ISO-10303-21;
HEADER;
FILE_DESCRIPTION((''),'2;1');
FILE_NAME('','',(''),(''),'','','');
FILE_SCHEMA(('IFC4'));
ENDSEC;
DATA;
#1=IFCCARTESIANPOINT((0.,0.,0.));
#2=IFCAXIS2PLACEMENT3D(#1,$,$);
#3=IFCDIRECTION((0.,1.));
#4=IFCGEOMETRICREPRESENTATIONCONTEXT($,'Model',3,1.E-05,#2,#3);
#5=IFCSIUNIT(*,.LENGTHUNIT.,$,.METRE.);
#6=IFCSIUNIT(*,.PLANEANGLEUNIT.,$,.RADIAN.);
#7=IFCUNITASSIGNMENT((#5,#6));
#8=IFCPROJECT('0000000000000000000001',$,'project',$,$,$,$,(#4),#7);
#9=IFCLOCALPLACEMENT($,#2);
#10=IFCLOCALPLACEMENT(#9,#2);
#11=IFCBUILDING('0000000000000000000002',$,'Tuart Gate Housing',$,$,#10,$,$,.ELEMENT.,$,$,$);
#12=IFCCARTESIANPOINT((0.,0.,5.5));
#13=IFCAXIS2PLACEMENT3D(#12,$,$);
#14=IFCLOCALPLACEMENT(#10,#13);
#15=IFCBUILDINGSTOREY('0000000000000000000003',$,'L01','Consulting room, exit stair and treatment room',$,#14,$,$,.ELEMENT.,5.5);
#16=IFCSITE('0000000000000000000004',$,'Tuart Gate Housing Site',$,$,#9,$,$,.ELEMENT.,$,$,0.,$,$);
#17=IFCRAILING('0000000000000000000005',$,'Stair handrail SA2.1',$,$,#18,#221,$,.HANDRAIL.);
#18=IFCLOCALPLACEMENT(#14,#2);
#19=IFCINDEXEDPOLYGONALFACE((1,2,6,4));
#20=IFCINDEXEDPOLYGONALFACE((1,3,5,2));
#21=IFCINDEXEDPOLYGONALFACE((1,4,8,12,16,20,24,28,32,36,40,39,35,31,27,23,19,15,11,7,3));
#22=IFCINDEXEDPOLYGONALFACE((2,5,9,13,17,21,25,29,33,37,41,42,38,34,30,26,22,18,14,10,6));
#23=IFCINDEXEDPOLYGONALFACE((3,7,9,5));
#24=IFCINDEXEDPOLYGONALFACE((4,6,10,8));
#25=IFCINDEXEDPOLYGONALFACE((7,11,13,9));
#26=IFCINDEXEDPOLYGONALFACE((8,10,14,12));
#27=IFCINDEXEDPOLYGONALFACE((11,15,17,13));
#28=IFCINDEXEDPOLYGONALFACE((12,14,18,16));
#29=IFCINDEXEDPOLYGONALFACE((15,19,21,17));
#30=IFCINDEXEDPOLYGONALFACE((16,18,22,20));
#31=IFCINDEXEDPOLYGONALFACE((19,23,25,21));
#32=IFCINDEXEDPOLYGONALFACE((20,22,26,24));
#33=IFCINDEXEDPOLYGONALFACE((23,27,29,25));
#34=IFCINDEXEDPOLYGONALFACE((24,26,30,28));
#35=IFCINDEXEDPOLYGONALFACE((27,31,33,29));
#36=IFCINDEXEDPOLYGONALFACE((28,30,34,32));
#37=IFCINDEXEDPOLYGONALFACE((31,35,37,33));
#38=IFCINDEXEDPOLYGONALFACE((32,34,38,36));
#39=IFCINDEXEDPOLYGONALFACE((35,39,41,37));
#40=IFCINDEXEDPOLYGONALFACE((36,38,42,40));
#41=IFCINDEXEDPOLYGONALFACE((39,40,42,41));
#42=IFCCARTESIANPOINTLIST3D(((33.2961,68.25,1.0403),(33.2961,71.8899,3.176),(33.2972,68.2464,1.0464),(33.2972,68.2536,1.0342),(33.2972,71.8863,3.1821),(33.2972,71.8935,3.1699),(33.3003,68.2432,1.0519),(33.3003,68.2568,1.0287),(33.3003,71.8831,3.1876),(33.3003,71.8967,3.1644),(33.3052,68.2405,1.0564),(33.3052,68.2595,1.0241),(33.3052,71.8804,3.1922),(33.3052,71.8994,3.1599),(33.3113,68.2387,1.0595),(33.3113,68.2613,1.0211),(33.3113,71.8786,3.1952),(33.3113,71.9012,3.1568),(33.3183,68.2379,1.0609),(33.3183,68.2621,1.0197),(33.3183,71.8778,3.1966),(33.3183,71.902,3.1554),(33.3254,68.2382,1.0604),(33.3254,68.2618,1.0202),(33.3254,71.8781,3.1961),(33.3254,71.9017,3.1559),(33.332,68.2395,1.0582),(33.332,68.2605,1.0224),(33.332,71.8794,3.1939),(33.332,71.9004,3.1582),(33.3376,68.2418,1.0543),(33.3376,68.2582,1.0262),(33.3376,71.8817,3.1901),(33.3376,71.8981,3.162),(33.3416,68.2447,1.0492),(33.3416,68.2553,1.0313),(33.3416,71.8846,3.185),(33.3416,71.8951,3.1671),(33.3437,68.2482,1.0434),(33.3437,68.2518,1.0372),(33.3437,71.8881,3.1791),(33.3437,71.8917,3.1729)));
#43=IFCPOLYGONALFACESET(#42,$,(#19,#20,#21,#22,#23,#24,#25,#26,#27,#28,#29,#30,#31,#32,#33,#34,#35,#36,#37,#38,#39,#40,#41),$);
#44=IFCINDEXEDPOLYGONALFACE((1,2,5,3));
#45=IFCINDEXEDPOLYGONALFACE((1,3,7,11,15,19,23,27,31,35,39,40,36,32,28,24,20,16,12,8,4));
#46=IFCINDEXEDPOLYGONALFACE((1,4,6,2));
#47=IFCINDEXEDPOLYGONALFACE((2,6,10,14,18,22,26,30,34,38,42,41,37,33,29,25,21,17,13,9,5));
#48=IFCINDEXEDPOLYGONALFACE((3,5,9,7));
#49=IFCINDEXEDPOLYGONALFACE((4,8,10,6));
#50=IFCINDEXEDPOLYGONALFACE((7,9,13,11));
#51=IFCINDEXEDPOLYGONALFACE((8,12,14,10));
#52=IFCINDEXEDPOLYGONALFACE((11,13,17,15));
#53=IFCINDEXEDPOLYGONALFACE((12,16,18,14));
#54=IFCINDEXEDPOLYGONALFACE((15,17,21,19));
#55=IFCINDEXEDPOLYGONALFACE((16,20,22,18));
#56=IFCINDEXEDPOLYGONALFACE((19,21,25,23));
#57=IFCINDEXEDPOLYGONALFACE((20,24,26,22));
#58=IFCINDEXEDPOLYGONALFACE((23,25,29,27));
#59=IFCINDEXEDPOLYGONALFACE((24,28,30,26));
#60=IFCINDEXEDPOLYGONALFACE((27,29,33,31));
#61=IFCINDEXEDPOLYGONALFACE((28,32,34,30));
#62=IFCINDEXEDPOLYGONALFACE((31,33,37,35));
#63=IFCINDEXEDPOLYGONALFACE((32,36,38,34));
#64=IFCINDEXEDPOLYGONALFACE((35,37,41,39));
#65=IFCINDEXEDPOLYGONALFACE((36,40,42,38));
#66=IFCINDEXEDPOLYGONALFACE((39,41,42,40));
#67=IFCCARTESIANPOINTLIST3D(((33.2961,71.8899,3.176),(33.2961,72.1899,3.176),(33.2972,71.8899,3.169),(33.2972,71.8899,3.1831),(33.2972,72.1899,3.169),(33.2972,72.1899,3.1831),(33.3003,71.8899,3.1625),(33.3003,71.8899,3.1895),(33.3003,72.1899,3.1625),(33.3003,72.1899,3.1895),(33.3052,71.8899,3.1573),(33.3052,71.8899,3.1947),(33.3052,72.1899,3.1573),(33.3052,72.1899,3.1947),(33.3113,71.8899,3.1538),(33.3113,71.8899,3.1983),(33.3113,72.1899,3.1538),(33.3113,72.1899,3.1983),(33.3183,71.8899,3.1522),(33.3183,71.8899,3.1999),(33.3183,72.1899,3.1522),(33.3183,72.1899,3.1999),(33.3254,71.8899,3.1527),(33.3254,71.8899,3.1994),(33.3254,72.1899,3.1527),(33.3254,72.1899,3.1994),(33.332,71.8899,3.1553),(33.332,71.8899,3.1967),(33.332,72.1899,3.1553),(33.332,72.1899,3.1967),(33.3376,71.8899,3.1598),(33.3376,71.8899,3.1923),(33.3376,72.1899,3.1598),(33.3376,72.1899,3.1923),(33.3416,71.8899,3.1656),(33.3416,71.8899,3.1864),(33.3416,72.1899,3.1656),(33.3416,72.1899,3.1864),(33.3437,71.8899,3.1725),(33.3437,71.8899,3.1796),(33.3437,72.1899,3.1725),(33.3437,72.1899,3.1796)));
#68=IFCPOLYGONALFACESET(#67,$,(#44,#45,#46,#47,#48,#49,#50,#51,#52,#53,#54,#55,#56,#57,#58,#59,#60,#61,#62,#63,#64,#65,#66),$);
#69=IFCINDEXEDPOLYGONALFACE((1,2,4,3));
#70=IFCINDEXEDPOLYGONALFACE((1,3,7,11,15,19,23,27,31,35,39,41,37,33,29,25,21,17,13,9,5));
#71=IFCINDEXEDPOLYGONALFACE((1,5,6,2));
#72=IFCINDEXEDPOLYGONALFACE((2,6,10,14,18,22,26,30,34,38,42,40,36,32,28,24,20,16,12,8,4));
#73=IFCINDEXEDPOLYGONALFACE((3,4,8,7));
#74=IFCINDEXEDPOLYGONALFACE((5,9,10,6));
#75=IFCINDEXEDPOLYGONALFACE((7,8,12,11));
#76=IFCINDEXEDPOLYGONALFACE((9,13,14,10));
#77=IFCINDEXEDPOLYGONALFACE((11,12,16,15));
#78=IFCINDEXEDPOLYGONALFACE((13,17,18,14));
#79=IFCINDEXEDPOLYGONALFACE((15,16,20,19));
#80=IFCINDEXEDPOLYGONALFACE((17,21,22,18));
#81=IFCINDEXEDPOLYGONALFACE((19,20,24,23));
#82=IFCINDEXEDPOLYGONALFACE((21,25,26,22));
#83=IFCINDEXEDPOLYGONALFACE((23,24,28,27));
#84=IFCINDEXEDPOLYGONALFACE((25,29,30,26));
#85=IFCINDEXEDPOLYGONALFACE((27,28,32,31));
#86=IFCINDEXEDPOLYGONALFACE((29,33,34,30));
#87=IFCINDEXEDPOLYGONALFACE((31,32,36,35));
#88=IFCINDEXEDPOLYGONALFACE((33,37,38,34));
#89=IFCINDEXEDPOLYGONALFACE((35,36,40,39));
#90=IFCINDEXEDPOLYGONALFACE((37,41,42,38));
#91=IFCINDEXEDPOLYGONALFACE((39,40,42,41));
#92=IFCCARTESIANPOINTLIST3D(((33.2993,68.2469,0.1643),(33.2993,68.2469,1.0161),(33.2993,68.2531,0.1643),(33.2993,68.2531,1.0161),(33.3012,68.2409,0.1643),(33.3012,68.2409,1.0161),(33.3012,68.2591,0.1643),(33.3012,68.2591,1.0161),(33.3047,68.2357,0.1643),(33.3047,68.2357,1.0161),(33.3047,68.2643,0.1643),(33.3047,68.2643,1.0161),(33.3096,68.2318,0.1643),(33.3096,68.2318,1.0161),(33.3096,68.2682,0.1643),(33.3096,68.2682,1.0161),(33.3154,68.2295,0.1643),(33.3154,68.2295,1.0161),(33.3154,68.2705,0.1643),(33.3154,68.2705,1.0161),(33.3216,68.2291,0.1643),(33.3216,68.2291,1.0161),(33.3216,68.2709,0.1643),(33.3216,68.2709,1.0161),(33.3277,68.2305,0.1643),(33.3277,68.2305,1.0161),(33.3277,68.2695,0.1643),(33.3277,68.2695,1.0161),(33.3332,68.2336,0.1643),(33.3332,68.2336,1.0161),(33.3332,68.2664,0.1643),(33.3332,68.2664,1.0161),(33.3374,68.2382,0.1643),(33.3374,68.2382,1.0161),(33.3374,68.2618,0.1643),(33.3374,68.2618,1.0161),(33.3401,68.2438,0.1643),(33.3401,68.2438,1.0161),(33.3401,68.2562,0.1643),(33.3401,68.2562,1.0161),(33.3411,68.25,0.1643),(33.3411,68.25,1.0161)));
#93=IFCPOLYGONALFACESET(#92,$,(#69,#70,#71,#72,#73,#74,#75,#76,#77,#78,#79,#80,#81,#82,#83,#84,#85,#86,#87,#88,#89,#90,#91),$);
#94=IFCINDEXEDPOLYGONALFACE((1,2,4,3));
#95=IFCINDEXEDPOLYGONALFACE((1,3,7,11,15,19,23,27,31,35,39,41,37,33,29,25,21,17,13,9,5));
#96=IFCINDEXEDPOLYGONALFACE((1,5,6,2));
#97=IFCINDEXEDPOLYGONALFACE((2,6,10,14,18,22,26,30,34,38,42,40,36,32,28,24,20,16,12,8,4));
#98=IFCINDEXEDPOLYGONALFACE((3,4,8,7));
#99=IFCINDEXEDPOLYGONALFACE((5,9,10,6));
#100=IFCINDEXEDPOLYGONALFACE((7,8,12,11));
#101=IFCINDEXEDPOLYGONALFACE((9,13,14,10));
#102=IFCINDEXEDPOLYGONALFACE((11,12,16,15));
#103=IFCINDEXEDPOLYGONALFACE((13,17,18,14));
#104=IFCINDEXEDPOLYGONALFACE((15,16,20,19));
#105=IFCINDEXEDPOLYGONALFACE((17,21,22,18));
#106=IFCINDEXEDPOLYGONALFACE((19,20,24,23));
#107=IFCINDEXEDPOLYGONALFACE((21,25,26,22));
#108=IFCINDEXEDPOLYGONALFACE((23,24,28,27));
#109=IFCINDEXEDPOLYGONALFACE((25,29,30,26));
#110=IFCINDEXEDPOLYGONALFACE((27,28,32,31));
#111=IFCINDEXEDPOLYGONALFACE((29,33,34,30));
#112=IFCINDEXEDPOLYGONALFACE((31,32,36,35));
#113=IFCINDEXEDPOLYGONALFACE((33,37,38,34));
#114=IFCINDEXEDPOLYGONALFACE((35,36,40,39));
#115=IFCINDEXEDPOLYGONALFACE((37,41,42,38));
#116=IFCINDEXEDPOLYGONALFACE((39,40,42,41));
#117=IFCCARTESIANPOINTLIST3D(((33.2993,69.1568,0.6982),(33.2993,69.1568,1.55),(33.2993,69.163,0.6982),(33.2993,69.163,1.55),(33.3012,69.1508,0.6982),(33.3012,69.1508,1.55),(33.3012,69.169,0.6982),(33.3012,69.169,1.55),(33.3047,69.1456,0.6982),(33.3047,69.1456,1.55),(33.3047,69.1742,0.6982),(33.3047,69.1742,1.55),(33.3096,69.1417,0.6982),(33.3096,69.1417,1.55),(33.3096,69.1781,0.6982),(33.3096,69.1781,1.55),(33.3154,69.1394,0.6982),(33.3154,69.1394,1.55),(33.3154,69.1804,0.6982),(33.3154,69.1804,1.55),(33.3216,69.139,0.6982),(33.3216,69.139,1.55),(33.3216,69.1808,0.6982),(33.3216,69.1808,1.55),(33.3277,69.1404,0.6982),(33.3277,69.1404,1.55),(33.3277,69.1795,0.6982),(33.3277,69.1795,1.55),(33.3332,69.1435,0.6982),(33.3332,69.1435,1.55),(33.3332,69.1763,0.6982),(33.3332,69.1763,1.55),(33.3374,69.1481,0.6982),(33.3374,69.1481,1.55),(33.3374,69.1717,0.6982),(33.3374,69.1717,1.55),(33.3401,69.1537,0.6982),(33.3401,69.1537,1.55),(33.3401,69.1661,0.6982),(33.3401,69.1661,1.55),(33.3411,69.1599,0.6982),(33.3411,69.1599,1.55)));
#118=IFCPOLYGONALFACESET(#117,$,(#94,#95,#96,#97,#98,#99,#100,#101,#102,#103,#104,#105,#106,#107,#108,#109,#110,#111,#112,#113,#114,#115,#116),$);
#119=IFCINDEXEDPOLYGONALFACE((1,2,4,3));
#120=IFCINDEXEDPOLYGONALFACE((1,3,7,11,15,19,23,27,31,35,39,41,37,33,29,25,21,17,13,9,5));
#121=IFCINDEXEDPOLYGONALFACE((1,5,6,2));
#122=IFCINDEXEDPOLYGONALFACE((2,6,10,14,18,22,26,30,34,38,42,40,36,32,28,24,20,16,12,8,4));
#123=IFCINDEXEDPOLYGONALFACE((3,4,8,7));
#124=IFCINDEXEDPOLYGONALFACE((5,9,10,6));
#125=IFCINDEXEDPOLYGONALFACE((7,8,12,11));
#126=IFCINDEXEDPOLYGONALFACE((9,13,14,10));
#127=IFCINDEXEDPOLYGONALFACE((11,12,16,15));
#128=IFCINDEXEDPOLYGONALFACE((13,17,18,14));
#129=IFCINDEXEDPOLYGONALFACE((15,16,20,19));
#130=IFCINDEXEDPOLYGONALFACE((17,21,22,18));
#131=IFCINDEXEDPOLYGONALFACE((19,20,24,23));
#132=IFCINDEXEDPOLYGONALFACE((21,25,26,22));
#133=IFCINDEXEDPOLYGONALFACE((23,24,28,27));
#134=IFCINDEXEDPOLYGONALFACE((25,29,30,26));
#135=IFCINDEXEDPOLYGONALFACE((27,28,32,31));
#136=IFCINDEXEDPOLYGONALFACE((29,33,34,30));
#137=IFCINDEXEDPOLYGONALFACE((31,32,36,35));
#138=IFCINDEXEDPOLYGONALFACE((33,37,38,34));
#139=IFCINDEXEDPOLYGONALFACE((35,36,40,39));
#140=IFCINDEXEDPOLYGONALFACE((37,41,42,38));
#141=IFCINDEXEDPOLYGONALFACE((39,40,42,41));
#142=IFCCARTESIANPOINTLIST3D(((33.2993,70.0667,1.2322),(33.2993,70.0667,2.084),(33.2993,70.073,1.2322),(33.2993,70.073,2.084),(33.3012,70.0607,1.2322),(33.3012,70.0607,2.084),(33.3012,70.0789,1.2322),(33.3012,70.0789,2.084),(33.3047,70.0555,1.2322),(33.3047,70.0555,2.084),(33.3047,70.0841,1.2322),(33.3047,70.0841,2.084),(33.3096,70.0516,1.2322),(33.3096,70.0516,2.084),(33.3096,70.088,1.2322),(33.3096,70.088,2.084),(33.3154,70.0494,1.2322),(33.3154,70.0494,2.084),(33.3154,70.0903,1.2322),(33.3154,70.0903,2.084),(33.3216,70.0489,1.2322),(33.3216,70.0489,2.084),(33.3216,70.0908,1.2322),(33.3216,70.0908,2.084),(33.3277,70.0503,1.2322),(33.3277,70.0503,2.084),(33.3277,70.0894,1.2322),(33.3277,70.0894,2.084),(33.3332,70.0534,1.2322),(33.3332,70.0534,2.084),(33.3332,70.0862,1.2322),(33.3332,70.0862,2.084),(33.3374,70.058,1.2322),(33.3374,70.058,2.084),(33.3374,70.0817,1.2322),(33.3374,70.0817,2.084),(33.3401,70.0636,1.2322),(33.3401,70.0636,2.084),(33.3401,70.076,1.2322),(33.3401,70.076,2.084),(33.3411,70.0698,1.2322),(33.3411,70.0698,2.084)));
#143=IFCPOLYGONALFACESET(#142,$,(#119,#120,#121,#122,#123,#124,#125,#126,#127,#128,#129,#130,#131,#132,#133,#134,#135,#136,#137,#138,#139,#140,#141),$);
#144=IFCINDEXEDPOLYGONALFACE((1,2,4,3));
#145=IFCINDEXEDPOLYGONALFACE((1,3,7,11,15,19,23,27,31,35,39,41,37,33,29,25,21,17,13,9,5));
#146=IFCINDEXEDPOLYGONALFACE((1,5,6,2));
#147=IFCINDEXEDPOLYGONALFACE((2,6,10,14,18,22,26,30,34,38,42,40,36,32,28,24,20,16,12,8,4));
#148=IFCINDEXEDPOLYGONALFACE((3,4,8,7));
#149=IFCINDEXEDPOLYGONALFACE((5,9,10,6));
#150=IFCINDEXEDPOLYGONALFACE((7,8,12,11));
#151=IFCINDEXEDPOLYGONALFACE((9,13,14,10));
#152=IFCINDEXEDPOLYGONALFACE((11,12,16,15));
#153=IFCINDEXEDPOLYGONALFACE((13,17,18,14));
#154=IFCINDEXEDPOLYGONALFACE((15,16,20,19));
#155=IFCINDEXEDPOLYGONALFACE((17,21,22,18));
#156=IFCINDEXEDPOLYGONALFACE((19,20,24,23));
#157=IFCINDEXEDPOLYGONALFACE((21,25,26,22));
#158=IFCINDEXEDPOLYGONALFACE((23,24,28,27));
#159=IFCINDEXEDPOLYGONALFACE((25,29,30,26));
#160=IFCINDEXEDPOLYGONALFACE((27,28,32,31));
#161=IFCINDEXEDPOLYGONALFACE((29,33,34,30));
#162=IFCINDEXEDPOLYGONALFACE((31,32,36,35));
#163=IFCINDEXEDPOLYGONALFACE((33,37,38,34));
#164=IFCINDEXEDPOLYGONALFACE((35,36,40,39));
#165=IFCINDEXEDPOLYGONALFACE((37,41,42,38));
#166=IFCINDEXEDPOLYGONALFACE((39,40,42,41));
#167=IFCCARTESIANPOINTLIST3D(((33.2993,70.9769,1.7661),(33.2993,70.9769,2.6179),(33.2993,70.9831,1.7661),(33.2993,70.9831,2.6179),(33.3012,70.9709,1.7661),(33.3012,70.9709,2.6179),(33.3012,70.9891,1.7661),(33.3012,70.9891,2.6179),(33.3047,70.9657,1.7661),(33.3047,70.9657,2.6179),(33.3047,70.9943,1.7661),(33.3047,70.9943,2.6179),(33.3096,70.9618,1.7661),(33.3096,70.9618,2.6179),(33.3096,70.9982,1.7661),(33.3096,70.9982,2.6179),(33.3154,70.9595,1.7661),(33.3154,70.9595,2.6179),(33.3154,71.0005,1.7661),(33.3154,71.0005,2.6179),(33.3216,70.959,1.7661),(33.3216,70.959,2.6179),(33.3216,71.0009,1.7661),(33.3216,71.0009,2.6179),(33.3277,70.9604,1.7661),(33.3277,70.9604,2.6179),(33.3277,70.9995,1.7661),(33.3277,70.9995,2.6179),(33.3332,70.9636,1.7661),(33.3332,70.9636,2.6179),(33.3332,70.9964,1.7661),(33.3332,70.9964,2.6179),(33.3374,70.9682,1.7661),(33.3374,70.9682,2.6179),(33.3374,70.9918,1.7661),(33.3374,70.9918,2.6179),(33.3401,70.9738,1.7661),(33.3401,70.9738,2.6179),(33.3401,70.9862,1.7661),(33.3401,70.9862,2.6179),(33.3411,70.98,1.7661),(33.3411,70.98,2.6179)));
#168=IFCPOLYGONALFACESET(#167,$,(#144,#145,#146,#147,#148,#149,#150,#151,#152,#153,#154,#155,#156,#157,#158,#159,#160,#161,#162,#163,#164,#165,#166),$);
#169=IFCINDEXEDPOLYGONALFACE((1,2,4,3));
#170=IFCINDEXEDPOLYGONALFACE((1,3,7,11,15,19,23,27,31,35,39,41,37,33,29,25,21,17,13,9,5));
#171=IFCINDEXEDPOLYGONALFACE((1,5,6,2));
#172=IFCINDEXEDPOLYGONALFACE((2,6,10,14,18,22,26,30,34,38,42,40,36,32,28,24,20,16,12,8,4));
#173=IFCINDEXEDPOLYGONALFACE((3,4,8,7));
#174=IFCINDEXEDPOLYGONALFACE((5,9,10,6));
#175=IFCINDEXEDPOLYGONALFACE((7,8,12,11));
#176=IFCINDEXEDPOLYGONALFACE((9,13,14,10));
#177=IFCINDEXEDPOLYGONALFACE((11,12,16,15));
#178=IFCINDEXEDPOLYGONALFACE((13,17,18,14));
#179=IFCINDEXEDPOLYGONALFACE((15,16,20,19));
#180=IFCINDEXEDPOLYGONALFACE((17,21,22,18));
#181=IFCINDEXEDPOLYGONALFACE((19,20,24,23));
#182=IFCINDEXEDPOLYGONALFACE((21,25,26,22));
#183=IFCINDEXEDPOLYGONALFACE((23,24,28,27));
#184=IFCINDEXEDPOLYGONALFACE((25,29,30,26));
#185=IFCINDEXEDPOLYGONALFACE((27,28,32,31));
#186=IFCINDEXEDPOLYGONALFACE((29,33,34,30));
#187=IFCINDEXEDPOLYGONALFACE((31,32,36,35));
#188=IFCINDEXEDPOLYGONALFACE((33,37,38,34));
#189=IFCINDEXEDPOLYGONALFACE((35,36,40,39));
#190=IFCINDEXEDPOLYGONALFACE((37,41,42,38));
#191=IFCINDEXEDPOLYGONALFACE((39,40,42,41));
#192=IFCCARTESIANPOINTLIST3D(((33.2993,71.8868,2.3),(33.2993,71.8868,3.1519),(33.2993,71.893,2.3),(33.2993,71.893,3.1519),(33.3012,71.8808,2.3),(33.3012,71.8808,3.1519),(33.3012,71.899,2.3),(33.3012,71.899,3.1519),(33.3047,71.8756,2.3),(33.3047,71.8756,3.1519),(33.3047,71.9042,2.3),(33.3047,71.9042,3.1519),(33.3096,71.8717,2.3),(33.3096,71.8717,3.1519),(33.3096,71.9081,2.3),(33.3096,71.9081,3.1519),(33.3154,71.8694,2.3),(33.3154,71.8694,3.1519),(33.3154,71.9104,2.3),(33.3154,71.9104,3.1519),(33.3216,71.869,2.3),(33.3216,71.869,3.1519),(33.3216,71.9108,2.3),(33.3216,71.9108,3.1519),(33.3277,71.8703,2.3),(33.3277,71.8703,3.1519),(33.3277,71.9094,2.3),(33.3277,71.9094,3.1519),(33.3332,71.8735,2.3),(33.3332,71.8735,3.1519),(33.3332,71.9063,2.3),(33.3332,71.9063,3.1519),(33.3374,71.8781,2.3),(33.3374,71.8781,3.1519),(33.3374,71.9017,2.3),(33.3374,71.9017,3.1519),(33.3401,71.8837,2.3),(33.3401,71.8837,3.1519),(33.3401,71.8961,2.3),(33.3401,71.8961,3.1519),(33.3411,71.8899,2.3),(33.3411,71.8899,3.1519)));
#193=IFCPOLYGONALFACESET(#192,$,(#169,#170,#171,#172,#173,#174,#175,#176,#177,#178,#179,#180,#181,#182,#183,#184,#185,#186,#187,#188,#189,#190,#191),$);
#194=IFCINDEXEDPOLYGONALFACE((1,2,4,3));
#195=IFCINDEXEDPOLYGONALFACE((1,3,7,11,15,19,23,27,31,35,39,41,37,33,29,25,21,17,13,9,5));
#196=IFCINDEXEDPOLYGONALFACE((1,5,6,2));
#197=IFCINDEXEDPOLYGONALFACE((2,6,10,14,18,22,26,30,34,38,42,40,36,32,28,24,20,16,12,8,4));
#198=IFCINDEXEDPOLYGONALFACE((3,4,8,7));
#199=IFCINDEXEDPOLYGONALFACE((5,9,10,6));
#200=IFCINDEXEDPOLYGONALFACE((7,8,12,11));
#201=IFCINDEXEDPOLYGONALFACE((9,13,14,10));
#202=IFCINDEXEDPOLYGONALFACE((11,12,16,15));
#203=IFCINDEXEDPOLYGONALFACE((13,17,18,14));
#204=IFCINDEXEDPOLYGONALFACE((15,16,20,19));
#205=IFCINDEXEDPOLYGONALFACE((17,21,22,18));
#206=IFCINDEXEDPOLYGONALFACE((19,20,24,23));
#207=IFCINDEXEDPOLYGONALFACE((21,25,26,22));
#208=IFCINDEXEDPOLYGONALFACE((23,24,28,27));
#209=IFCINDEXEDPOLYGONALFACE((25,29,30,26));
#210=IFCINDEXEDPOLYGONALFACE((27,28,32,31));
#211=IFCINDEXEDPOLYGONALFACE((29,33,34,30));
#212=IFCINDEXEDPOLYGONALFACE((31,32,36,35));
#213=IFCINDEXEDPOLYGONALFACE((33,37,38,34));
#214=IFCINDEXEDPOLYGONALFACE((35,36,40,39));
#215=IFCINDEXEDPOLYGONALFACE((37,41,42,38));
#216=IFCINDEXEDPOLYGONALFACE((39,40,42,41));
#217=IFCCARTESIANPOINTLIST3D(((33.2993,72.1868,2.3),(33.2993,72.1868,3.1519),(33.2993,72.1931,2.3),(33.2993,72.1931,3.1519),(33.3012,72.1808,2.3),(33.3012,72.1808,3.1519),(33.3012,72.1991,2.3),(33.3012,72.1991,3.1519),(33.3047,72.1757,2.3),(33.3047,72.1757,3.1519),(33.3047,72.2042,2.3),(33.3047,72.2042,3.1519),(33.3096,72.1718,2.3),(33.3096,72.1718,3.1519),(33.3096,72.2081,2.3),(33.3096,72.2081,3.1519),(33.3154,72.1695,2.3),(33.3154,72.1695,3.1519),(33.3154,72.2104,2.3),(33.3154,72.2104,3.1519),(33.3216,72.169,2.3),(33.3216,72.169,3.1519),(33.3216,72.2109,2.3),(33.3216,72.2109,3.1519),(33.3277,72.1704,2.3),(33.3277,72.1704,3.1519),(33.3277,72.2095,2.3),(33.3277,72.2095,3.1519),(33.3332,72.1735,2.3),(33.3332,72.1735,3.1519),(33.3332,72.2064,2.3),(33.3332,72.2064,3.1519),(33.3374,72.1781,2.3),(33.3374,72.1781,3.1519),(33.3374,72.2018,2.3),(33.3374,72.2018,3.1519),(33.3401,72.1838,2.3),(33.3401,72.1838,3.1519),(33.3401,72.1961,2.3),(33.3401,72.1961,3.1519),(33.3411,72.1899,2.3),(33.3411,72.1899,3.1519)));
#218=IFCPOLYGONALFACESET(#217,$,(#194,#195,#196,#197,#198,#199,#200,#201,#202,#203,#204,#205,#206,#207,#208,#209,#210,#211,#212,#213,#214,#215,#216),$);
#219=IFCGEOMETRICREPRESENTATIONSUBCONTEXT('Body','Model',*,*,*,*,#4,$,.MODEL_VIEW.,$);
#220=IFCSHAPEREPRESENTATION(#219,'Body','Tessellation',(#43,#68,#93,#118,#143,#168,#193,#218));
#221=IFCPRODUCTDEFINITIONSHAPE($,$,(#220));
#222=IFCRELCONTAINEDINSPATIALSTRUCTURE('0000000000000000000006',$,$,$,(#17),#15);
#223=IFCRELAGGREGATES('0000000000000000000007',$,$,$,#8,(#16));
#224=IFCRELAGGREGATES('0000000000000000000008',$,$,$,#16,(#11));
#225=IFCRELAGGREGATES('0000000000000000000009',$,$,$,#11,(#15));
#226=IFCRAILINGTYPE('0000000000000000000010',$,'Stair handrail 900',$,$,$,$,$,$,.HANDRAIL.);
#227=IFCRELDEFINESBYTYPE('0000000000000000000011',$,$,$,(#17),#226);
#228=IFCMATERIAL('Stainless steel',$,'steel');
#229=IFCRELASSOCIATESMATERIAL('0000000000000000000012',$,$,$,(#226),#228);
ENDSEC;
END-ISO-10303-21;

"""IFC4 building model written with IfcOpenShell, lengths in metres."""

from ifc_helpers import new_model, si_unit, direction, frame, origin, origin_2d, place, context, subcontext, project, spatial, circle, extrude, material, type_object, element, save


model = new_model("IFC4")

# Units and contexts
model_context = context("Model", 3, precision=1e-05, world=origin(), true_north=direction((0.0, 1.0)))
body_context = subcontext(model_context, "Body", "Model", "MODEL_VIEW")
ifc_project = project(units=[si_unit("LENGTHUNIT", "METRE"), si_unit("PLANEANGLEUNIT", "RADIAN")], contexts=[model_context])

# Site, building, storey
site_placement = place(None, origin())
site = spatial("IfcSite", under=ifc_project, at=site_placement, Name="Tuart Gate Housing Site", CompositionType="ELEMENT", RefElevation=0.0)
building_placement = place(site_placement, origin())
building = spatial("IfcBuilding", under=site, at=building_placement, Name="Tuart Gate Housing", CompositionType="ELEMENT")
storey_placement = place(building_placement, frame((0.0, 0.0, 5.5)))
storey = spatial("IfcBuildingStorey", under=building, at=storey_placement, Name="L01", Description="Consulting room, exit stair and treatment room", CompositionType="ELEMENT", Elevation=5.5)

# Railing
ifc_material_1 = material(Name="Stainless steel", Category="steel")
railing_type = type_object("IfcRailingType", Name="Stair handrail 900", PredefinedType="HANDRAIL", material=ifc_material_1)
railing_placement = place(storey_placement, frame((33.3201, 68.25, 0.1643)))
element("IfcRailing", 1, at=railing_placement, inside=storey, type_object=railing_type, Name="Stair handrail SA2.1", PredefinedType="HANDRAIL", context=body_context, shape_type="SweptSolid", body=[
    extrude(circle(Radius=0.0239, at=origin_2d()), frame((0.0, 0.0, 0.876), z_axis=(0.0, 0.86249, 0.506074), x_axis=(-1.0, 0.0, 0.0)), (0.0, 0.0, 1.0), 4.2202),
    extrude(circle(Radius=0.0239, at=origin_2d()), frame((0.0, 3.6399, 3.0117), z_axis=(0.0, 1.0, 0.0), x_axis=(-1.0, 0.0, 0.0)), (0.0, 0.0, 1.0), 0.3),
    extrude(circle(Radius=0.021, at=origin_2d()), origin(), (0.0, 0.0, 1.0), 0.8518),
    extrude(circle(Radius=0.021, at=origin_2d()), frame((0.0, 0.9099, 0.5339)), (0.0, 0.0, 1.0), 0.8518),
    extrude(circle(Radius=0.021, at=origin_2d()), frame((0.0, 1.8198, 1.0679)), (0.0, 0.0, 1.0), 0.8518),
    extrude(circle(Radius=0.021, at=origin_2d()), frame((0.0, 2.73, 1.6018)), (0.0, 0.0, 1.0), 0.8518),
    extrude(circle(Radius=0.021, at=origin_2d()), frame((0.0, 3.6399, 2.1357)), (0.0, 0.0, 1.0), 0.8518),
    extrude(circle(Radius=0.021, at=origin_2d()), frame((0.0, 3.9399, 2.1357)), (0.0, 0.0, 1.0), 0.8518),
])

save(model, "model.ifc")
